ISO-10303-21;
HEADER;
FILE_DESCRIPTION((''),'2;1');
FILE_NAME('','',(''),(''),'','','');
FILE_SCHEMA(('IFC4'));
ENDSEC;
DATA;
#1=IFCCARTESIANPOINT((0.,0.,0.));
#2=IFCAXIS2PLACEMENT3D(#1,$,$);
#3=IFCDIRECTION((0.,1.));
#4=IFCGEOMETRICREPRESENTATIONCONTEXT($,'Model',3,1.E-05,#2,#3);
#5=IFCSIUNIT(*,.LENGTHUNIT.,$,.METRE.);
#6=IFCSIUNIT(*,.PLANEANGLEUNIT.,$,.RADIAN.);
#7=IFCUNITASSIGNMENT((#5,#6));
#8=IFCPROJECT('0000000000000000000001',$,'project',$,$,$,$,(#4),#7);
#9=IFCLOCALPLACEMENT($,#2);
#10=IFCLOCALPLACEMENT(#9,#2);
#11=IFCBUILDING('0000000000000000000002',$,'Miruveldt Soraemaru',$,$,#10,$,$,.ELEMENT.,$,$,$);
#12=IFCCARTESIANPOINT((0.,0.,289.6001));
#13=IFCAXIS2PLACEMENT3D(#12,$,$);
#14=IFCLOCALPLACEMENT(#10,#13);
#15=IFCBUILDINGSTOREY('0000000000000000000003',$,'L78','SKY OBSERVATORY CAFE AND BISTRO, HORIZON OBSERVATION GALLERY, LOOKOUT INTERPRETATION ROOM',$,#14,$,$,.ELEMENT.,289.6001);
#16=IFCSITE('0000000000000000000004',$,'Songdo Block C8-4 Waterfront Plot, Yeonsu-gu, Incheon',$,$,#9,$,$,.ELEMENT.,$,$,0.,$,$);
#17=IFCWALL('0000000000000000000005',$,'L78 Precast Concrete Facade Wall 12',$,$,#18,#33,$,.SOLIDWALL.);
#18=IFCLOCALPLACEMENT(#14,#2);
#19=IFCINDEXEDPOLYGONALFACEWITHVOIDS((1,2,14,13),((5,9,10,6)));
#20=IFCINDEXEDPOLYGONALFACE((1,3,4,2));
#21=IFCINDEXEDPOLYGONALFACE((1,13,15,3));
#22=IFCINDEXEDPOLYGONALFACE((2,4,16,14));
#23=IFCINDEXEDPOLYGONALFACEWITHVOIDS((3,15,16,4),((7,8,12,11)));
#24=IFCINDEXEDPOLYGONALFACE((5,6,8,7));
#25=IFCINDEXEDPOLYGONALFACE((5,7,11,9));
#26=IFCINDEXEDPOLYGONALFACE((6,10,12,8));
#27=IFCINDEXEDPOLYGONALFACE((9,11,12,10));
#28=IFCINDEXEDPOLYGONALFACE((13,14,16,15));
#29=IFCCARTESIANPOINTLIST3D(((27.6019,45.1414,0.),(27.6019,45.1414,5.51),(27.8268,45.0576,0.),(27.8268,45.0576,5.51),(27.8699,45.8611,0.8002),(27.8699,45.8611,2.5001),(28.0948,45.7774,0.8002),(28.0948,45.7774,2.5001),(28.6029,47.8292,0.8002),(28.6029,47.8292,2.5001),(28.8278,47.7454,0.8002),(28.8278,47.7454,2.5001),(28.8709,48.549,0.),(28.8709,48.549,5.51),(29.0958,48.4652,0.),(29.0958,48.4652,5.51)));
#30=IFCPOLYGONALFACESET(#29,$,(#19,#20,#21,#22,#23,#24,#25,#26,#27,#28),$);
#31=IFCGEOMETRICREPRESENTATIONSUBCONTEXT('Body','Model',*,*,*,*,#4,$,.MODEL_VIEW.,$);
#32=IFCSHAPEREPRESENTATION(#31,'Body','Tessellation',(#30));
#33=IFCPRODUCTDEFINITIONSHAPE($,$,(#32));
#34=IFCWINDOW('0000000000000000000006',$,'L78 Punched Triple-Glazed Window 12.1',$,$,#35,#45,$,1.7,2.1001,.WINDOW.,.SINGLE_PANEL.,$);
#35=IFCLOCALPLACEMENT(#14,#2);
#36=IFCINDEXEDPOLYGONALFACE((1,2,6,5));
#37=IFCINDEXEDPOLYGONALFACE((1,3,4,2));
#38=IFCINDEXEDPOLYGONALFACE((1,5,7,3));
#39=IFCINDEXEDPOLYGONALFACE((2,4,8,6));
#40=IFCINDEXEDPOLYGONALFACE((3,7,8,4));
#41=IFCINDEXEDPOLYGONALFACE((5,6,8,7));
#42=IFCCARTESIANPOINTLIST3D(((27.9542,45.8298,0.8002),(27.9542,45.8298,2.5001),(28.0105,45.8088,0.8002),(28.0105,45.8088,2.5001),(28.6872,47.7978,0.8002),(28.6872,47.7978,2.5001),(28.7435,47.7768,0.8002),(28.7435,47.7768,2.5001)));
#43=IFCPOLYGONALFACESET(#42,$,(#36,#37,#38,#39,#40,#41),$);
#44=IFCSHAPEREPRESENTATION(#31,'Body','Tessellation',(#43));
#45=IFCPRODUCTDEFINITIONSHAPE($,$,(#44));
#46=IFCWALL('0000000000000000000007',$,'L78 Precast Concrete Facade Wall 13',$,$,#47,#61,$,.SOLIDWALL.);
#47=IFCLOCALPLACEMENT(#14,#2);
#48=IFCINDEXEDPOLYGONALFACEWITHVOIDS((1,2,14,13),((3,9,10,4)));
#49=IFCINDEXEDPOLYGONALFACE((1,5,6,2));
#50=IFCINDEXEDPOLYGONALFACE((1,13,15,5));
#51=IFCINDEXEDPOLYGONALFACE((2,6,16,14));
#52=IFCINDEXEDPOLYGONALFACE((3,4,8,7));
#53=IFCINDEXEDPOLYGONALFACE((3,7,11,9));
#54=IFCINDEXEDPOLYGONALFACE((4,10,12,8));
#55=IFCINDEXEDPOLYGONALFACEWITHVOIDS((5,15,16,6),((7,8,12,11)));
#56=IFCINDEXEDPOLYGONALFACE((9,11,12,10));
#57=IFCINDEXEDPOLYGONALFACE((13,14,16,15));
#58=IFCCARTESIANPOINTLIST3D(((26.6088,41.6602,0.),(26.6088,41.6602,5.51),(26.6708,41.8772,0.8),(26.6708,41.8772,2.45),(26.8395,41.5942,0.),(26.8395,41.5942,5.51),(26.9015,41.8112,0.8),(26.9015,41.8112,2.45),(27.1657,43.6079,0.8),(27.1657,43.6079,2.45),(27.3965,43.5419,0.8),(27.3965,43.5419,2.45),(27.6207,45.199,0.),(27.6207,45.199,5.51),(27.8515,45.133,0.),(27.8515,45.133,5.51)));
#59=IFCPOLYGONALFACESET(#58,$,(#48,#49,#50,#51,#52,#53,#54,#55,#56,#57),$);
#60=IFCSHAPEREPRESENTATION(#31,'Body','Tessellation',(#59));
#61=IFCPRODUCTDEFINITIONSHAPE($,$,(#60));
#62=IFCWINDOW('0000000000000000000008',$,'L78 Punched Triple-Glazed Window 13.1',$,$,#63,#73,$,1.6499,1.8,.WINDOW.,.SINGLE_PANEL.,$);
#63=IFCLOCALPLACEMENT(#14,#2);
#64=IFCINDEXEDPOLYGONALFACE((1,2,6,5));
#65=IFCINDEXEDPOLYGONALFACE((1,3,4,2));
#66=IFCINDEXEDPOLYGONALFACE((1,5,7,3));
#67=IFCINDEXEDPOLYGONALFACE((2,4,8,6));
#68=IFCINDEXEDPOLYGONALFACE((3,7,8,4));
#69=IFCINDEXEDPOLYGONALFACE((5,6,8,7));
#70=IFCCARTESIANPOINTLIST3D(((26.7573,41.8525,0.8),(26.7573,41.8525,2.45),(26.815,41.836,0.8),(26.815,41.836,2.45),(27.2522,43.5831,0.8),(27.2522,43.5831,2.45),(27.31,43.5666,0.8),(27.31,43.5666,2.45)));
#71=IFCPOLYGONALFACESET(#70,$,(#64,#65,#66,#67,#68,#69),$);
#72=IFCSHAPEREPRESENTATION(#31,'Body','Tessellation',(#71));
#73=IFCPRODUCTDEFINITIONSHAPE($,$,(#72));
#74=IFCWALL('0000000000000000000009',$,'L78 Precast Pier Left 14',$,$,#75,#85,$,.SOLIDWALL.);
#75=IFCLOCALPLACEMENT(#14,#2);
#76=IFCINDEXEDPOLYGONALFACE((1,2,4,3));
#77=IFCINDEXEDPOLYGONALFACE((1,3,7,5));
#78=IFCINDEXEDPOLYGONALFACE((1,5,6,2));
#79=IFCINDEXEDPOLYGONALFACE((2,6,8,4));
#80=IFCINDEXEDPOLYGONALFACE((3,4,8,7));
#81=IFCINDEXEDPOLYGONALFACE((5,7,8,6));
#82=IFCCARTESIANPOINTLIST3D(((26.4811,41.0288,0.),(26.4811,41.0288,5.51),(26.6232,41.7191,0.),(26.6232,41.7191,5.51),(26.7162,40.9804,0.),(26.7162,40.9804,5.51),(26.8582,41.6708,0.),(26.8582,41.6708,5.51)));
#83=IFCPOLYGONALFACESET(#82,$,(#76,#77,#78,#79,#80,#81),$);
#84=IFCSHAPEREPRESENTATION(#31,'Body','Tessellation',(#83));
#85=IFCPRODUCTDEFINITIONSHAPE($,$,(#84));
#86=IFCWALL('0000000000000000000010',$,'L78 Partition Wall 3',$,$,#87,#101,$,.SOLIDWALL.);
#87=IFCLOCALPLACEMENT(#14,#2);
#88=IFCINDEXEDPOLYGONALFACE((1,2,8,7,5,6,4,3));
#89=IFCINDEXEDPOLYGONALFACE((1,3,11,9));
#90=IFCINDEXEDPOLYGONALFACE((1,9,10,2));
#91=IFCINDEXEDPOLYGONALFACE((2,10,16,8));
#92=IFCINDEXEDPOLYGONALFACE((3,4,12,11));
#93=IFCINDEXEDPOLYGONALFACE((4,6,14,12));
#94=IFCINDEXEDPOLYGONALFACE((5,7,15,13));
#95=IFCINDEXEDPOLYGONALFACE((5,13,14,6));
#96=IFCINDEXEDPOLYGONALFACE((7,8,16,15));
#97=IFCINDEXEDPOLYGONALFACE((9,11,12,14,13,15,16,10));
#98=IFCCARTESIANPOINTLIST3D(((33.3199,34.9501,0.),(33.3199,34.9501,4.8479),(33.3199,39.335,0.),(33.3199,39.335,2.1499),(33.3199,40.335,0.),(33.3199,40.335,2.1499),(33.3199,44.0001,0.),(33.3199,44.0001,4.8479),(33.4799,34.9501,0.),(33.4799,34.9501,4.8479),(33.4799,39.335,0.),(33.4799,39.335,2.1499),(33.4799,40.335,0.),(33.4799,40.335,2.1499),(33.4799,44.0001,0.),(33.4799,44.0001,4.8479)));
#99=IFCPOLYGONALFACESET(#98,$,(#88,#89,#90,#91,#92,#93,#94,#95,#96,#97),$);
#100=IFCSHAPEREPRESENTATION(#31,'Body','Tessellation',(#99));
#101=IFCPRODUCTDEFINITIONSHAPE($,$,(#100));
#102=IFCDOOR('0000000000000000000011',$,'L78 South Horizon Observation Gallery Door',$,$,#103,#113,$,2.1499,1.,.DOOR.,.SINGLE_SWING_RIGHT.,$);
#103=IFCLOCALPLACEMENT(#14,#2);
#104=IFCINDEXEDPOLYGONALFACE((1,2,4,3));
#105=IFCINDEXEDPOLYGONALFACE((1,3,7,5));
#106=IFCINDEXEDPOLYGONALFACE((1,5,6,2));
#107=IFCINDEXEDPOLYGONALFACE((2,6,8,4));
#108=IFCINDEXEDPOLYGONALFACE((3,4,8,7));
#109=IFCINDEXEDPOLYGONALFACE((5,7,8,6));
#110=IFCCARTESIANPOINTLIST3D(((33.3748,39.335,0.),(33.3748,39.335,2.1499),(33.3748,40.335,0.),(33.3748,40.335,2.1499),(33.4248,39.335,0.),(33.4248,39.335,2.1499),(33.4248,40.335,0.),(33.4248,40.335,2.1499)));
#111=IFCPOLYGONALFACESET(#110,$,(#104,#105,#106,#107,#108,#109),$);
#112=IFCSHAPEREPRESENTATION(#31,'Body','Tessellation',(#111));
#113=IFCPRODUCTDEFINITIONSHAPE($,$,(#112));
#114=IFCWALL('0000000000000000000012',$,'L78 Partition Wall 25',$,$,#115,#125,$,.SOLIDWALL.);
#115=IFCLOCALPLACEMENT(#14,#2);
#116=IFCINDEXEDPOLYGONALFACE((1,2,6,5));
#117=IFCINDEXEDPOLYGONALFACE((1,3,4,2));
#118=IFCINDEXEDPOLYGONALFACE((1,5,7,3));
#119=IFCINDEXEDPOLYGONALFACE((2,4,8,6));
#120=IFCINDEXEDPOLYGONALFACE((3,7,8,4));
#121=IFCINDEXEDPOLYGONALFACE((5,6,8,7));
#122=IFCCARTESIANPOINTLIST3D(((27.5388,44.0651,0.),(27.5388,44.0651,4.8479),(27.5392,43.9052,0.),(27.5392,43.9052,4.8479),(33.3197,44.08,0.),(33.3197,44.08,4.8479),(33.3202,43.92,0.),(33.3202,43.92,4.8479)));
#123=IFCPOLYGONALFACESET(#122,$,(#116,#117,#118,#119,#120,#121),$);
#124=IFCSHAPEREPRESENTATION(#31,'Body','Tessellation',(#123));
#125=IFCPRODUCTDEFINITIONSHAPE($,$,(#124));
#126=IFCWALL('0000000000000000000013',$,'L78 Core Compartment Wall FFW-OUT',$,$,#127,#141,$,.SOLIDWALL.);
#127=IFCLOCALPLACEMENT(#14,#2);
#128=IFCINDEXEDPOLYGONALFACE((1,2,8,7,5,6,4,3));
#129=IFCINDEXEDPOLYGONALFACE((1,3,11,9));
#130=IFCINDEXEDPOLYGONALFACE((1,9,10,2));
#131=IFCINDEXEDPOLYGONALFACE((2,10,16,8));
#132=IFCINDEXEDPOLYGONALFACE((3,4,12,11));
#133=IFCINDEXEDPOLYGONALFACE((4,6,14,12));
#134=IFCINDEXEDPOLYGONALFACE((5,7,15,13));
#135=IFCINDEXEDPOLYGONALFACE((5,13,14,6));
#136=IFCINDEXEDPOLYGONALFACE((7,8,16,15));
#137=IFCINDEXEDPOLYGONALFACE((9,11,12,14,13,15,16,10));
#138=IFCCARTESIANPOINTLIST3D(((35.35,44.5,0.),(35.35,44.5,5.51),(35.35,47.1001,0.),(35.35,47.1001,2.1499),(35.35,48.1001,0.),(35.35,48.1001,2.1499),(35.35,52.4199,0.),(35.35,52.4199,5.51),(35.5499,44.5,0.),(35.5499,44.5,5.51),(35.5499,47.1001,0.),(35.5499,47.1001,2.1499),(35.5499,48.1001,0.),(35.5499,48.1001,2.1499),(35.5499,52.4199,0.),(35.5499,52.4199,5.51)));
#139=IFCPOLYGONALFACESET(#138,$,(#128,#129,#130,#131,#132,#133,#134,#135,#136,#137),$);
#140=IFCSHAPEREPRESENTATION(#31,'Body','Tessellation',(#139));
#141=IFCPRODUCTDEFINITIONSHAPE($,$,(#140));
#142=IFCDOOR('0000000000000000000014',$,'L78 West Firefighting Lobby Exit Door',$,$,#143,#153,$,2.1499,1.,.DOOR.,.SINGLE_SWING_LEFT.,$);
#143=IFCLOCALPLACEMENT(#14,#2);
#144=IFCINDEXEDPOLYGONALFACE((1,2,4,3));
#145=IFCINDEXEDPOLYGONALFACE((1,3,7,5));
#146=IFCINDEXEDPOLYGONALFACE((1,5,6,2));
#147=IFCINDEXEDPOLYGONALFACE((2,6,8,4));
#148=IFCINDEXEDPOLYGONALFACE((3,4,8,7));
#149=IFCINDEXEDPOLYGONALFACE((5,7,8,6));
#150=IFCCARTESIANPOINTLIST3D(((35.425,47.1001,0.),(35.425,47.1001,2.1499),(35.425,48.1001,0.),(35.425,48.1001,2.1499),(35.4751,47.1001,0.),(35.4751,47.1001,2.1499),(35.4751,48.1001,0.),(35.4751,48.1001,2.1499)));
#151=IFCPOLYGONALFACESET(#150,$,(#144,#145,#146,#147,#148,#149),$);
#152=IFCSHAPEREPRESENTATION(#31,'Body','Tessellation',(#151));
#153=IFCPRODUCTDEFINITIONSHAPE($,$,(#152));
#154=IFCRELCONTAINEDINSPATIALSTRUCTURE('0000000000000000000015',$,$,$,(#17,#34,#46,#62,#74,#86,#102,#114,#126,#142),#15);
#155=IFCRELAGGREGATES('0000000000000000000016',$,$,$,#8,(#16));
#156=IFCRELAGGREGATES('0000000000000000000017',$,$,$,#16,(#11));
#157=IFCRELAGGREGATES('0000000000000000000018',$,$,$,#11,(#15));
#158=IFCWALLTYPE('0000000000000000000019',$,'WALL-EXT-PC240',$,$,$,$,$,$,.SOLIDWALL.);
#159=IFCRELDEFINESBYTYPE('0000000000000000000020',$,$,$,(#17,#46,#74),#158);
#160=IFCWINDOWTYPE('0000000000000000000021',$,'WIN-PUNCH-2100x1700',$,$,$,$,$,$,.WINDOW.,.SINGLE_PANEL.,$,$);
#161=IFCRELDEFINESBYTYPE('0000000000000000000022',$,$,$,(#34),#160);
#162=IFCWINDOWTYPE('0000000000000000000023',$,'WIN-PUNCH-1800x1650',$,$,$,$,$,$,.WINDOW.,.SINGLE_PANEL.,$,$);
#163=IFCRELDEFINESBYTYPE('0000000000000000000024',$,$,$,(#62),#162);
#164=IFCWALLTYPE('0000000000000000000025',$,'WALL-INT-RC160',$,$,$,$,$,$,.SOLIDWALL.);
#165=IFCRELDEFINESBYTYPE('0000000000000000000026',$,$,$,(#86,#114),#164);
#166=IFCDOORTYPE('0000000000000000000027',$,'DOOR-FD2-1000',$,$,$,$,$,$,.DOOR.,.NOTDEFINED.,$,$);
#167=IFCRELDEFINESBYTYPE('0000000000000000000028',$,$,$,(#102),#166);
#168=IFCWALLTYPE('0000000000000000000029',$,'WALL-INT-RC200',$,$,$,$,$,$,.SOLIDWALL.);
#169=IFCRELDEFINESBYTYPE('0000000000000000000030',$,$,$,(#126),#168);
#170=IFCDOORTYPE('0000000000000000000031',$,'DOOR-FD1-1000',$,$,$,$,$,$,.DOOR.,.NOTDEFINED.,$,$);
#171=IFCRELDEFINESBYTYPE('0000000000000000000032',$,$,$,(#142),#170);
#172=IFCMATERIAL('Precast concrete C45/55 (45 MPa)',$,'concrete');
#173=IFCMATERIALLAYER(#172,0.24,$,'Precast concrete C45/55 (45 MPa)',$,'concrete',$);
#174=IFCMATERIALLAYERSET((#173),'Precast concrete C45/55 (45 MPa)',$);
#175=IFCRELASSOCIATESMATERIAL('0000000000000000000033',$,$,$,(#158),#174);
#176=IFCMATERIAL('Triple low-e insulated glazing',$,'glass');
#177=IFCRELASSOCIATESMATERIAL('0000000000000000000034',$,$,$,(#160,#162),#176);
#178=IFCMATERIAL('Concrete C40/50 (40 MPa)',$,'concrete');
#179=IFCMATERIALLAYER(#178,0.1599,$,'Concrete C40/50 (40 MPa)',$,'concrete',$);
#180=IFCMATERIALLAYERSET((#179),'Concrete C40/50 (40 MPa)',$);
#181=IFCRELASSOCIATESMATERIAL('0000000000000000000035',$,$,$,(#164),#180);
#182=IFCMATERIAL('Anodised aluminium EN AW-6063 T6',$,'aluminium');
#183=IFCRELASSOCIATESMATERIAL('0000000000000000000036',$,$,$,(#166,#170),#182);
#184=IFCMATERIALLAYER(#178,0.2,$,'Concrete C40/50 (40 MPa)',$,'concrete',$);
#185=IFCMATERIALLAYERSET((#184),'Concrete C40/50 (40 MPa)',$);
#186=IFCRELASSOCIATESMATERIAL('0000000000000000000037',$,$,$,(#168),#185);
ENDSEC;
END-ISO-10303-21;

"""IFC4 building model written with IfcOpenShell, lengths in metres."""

from ifc_helpers import new_model, si_unit, direction, frame, frame_2d, origin, place, context, subcontext, project, spatial, rectangle, extrude, material, layer, layer_set, type_object, element, fill, save


model = new_model("IFC4")

# Units and contexts
model_context = context("Model", 3, precision=1e-05, world=origin(), true_north=direction((0.0, 1.0)))
body_context = subcontext(model_context, "Body", "Model", "MODEL_VIEW")
ifc_project = project(units=[si_unit("LENGTHUNIT", "METRE"), si_unit("PLANEANGLEUNIT", "RADIAN")], contexts=[model_context])

# Site, building, storey
site_placement = place(None, origin())
site = spatial("IfcSite", under=ifc_project, at=site_placement, Name="Songdo Block C8-4 Waterfront Plot, Yeonsu-gu, Incheon", CompositionType="ELEMENT", RefElevation=0.0)
building_placement = place(site_placement, origin())
building = spatial("IfcBuilding", under=site, at=building_placement, Name="Miruveldt Soraemaru", CompositionType="ELEMENT")
storey_placement = place(building_placement, frame((0.0, 0.0, 289.6001)))
storey = spatial("IfcBuildingStorey", under=building, at=storey_placement, Name="L78", Description="SKY OBSERVATORY CAFE AND BISTRO, HORIZON OBSERVATION GALLERY, LOOKOUT INTERPRETATION ROOM", CompositionType="ELEMENT", Elevation=289.6001)

# Shared definitions
ifc_material_1 = material(Name="Anodised aluminium EN AW-6063 T6", Category="aluminium")

# Walls, openings, windows
ifc_material_2 = material(Name="Precast concrete C45/55 (45 MPa)", Category="concrete")
ifc_layer_1 = layer(ifc_material_2, 0.24, Name="Precast concrete C45/55 (45 MPa)", Category="concrete")
ifc_layer_set_1 = layer_set([ifc_layer_1], Name="Precast concrete C45/55 (45 MPa)")
wall_type_1 = type_object("IfcWallType", Name="WALL-EXT-PC240", PredefinedType="SOLIDWALL", material=ifc_layer_set_1)
ifc_material_3 = material(Name="Triple low-e insulated glazing", Category="glass")
wall_1_placement = place(storey_placement, frame((28.9834, 48.5071, 0.0), z_axis=(0.0, 0.0, 1.0), x_axis=(-0.349011, -0.937119, 0.0)))
wall_1 = element("IfcWall", 1, at=wall_1_placement, inside=storey, type_object=wall_type_1, Name="L78 Precast Concrete Facade Wall 12", PredefinedType="SOLIDWALL", context=body_context, shape_type="SweptSolid", body=[
    extrude(rectangle(XDim=3.6362, YDim=0.24, at=frame_2d((1.8181, 0.0))), origin(), (0.0, 0.0, 1.0), 5.51),
])
opening_1_placement = place(wall_1_placement, frame((0.7681, 0.0, 0.8)))
opening_1 = element("IfcOpeningElement", 2, at=opening_1_placement, cuts=wall_1, PredefinedType="OPENING", context=body_context, shape_type="SweptSolid", body=[
    extrude(rectangle(XDim=2.1001, YDim=1.7, at=frame_2d((1.05, 0.8501))), frame((0.0, 0.1299, 0.0), z_axis=(0.0, -1.0, 0.0), x_axis=(1.0, 0.0, 0.0)), (0.0, 0.0, 1.0), 0.26),
])
window_type_1 = type_object("IfcWindowType", Name="WIN-PUNCH-2100x1700", PartitioningType="SINGLE_PANEL", PredefinedType="WINDOW", material=ifc_material_3)
window_1_placement = place(opening_1_placement, origin())
window_1 = element("IfcWindow", 3, at=window_1_placement, inside=storey, type_object=window_type_1, Name="L78 Punched Triple-Glazed Window 12.1", OverallHeight=1.7, OverallWidth=2.1001, PartitioningType="SINGLE_PANEL", PredefinedType="WINDOW", context=body_context, shape_type="SweptSolid", body=[
    extrude(rectangle(XDim=2.1001, YDim=1.7, at=frame_2d((1.05, 0.8501))), frame((0.0, 0.03, 0.0), z_axis=(0.0, -1.0, 0.0), x_axis=(1.0, 0.0, 0.0)), (0.0, 0.0, 1.0), 0.0601),
])
fill(opening_1, window_1)
wall_2_placement = place(storey_placement, frame((27.7361, 45.166, 0.0), z_axis=(0.0, 0.0, 1.0), x_axis=(-0.27494, -0.961461, 0.0)))
wall_2 = element("IfcWall", 4, at=wall_2_placement, inside=storey, type_object=wall_type_1, Name="L78 Precast Concrete Facade Wall 13", PredefinedType="SOLIDWALL", context=body_context, shape_type="SweptSolid", body=[
    extrude(rectangle(XDim=3.6807, YDim=0.24, at=frame_2d((1.8403, 0.0))), origin(), (0.0, 0.0, 1.0), 5.51),
])
opening_2_placement = place(wall_2_placement, frame((1.655, 0.0, 0.8)))
opening_2 = element("IfcOpeningElement", 5, at=opening_2_placement, cuts=wall_2, PredefinedType="OPENING", context=body_context, shape_type="SweptSolid", body=[
    extrude(rectangle(XDim=1.8, YDim=1.6499, at=frame_2d((0.8999, 0.825))), frame((0.0, 0.1299, 0.0), z_axis=(0.0, -1.0, 0.0), x_axis=(1.0, 0.0, 0.0)), (0.0, 0.0, 1.0), 0.26),
])
window_type_2 = type_object("IfcWindowType", Name="WIN-PUNCH-1800x1650", PartitioningType="SINGLE_PANEL", PredefinedType="WINDOW", material=ifc_material_3)
window_2_placement = place(opening_2_placement, origin())
window_2 = element("IfcWindow", 6, at=window_2_placement, inside=storey, type_object=window_type_2, Name="L78 Punched Triple-Glazed Window 13.1", OverallHeight=1.6499, OverallWidth=1.8, PartitioningType="SINGLE_PANEL", PredefinedType="WINDOW", context=body_context, shape_type="SweptSolid", body=[
    extrude(rectangle(XDim=1.8, YDim=1.6499, at=frame_2d((0.8999, 0.825))), frame((0.0, 0.03, 0.0), z_axis=(0.0, -1.0, 0.0), x_axis=(1.0, 0.0, 0.0)), (0.0, 0.0, 1.0), 0.0601),
])
fill(opening_2, window_2)

# Wall
wall_3_placement = place(storey_placement, frame((26.7407, 41.6951, 0.0), z_axis=(0.0, 0.0, 1.0), x_axis=(-0.201575, -0.979473, 0.0)))
element("IfcWall", 7, at=wall_3_placement, inside=storey, type_object=wall_type_1, Name="L78 Precast Pier Left 14", PredefinedType="SOLIDWALL", context=body_context, shape_type="SweptSolid", body=[
    extrude(rectangle(XDim=0.7048, YDim=0.24, at=frame_2d((0.3525, 0.0))), origin(), (0.0, 0.0, 1.0), 5.51),
])

# Wall, opening, door
ifc_material_4 = material(Name="Concrete C40/50 (40 MPa)", Category="concrete")
ifc_layer_2 = layer(ifc_material_4, 0.1599, Name="Concrete C40/50 (40 MPa)", Category="concrete")
ifc_layer_set_2 = layer_set([ifc_layer_2], Name="Concrete C40/50 (40 MPa)")
wall_type_2 = type_object("IfcWallType", Name="WALL-INT-RC160", PredefinedType="SOLIDWALL", material=ifc_layer_set_2)
wall_4_placement = place(storey_placement, frame((33.3999, 44.0, 0.0), z_axis=(0.0, 0.0, 1.0), x_axis=(0.0, -1.0, 0.0)))
wall_4 = element("IfcWall", 8, at=wall_4_placement, inside=storey, type_object=wall_type_2, Name="L78 Partition Wall 3", PredefinedType="SOLIDWALL", context=body_context, shape_type="SweptSolid", body=[
    extrude(rectangle(XDim=9.05, YDim=0.1599, at=frame_2d((4.5249, 0.0))), origin(), (0.0, 0.0, 1.0), 4.8479),
])
opening_3_placement = place(wall_4_placement, frame((3.665, 0.0, 0.0)))
opening_3 = element("IfcOpeningElement", 9, at=opening_3_placement, cuts=wall_4, PredefinedType="OPENING", context=body_context, shape_type="SweptSolid", body=[
    extrude(rectangle(XDim=1.0, YDim=2.1499, at=frame_2d((0.5, 1.075))), frame((0.0, 0.0898, 0.0), z_axis=(0.0, -1.0, 0.0), x_axis=(1.0, 0.0, 0.0)), (0.0, 0.0, 1.0), 0.1799),
])
door_type_1 = type_object("IfcDoorType", Name="DOOR-FD2-1000", OperationType="NOTDEFINED", PredefinedType="DOOR", material=ifc_material_1)
door_1_placement = place(opening_3_placement, origin())
door_1 = element("IfcDoor", 10, at=door_1_placement, inside=storey, type_object=door_type_1, Name="L78 South Horizon Observation Gallery Door", OperationType="SINGLE_SWING_RIGHT", OverallHeight=2.1499, OverallWidth=1.0, PredefinedType="DOOR", context=body_context, shape_type="SweptSolid", body=[
    extrude(rectangle(XDim=1.0, YDim=2.1499, at=frame_2d((0.5, 1.075))), frame((0.0, 0.0249, 0.0), z_axis=(0.0, -1.0, 0.0), x_axis=(1.0, 0.0, 0.0)), (0.0, 0.0, 1.0), 0.05),
])
fill(opening_3, door_1)

# Wall
wall_5_placement = place(storey_placement, frame((33.3201, 44.0, 0.0), z_axis=(0.0, 0.0, 1.0), x_axis=(-0.999997, -0.002576, 0.0)))
element("IfcWall", 11, at=wall_5_placement, inside=storey, type_object=wall_type_2, Name="L78 Partition Wall 25", PredefinedType="SOLIDWALL", context=body_context, shape_type="SweptSolid", body=[
    extrude(rectangle(XDim=5.781, YDim=0.1599, at=frame_2d((2.8906, 0.0))), origin(), (0.0, 0.0, 1.0), 4.8479),
])

# Wall, opening, door
ifc_layer_3 = layer(ifc_material_4, 0.2, Name="Concrete C40/50 (40 MPa)", Category="concrete")
ifc_layer_set_3 = layer_set([ifc_layer_3], Name="Concrete C40/50 (40 MPa)")
wall_type_3 = type_object("IfcWallType", Name="WALL-INT-RC200", PredefinedType="SOLIDWALL", material=ifc_layer_set_3)
wall_6_placement = place(storey_placement, frame((35.45, 44.5, 0.0), z_axis=(0.0, 0.0, 1.0), x_axis=(0.0, 1.0, 0.0)))
wall_6 = element("IfcWall", 12, at=wall_6_placement, inside=storey, type_object=wall_type_3, Name="L78 Core Compartment Wall FFW-OUT", PredefinedType="SOLIDWALL", context=body_context, shape_type="SweptSolid", body=[
    extrude(rectangle(XDim=7.9199, YDim=0.2, at=frame_2d((3.96, 0.0))), origin(), (0.0, 0.0, 1.0), 5.51),
])
opening_4_placement = place(wall_6_placement, frame((2.6001, 0.0, 0.0)))
opening_4 = element("IfcOpeningElement", 13, at=opening_4_placement, cuts=wall_6, PredefinedType="OPENING", context=body_context, shape_type="SweptSolid", body=[
    extrude(rectangle(XDim=1.0, YDim=2.1499, at=frame_2d((0.5, 1.075))), frame((0.0, 0.1099, 0.0), z_axis=(0.0, -1.0, 0.0), x_axis=(1.0, 0.0, 0.0)), (0.0, 0.0, 1.0), 0.22),
])
door_type_2 = type_object("IfcDoorType", Name="DOOR-FD1-1000", OperationType="NOTDEFINED", PredefinedType="DOOR", material=ifc_material_1)
door_2_placement = place(opening_4_placement, origin())
door_2 = element("IfcDoor", 14, at=door_2_placement, inside=storey, type_object=door_type_2, Name="L78 West Firefighting Lobby Exit Door", OperationType="SINGLE_SWING_LEFT", OverallHeight=2.1499, OverallWidth=1.0, PredefinedType="DOOR", context=body_context, shape_type="SweptSolid", body=[
    extrude(rectangle(XDim=1.0, YDim=2.1499, at=frame_2d((0.5, 1.075))), frame((0.0, 0.0249, 0.0), z_axis=(0.0, -1.0, 0.0), x_axis=(1.0, 0.0, 0.0)), (0.0, 0.0, 1.0), 0.05),
])
fill(opening_4, door_2)

save(model, "model.ifc")
